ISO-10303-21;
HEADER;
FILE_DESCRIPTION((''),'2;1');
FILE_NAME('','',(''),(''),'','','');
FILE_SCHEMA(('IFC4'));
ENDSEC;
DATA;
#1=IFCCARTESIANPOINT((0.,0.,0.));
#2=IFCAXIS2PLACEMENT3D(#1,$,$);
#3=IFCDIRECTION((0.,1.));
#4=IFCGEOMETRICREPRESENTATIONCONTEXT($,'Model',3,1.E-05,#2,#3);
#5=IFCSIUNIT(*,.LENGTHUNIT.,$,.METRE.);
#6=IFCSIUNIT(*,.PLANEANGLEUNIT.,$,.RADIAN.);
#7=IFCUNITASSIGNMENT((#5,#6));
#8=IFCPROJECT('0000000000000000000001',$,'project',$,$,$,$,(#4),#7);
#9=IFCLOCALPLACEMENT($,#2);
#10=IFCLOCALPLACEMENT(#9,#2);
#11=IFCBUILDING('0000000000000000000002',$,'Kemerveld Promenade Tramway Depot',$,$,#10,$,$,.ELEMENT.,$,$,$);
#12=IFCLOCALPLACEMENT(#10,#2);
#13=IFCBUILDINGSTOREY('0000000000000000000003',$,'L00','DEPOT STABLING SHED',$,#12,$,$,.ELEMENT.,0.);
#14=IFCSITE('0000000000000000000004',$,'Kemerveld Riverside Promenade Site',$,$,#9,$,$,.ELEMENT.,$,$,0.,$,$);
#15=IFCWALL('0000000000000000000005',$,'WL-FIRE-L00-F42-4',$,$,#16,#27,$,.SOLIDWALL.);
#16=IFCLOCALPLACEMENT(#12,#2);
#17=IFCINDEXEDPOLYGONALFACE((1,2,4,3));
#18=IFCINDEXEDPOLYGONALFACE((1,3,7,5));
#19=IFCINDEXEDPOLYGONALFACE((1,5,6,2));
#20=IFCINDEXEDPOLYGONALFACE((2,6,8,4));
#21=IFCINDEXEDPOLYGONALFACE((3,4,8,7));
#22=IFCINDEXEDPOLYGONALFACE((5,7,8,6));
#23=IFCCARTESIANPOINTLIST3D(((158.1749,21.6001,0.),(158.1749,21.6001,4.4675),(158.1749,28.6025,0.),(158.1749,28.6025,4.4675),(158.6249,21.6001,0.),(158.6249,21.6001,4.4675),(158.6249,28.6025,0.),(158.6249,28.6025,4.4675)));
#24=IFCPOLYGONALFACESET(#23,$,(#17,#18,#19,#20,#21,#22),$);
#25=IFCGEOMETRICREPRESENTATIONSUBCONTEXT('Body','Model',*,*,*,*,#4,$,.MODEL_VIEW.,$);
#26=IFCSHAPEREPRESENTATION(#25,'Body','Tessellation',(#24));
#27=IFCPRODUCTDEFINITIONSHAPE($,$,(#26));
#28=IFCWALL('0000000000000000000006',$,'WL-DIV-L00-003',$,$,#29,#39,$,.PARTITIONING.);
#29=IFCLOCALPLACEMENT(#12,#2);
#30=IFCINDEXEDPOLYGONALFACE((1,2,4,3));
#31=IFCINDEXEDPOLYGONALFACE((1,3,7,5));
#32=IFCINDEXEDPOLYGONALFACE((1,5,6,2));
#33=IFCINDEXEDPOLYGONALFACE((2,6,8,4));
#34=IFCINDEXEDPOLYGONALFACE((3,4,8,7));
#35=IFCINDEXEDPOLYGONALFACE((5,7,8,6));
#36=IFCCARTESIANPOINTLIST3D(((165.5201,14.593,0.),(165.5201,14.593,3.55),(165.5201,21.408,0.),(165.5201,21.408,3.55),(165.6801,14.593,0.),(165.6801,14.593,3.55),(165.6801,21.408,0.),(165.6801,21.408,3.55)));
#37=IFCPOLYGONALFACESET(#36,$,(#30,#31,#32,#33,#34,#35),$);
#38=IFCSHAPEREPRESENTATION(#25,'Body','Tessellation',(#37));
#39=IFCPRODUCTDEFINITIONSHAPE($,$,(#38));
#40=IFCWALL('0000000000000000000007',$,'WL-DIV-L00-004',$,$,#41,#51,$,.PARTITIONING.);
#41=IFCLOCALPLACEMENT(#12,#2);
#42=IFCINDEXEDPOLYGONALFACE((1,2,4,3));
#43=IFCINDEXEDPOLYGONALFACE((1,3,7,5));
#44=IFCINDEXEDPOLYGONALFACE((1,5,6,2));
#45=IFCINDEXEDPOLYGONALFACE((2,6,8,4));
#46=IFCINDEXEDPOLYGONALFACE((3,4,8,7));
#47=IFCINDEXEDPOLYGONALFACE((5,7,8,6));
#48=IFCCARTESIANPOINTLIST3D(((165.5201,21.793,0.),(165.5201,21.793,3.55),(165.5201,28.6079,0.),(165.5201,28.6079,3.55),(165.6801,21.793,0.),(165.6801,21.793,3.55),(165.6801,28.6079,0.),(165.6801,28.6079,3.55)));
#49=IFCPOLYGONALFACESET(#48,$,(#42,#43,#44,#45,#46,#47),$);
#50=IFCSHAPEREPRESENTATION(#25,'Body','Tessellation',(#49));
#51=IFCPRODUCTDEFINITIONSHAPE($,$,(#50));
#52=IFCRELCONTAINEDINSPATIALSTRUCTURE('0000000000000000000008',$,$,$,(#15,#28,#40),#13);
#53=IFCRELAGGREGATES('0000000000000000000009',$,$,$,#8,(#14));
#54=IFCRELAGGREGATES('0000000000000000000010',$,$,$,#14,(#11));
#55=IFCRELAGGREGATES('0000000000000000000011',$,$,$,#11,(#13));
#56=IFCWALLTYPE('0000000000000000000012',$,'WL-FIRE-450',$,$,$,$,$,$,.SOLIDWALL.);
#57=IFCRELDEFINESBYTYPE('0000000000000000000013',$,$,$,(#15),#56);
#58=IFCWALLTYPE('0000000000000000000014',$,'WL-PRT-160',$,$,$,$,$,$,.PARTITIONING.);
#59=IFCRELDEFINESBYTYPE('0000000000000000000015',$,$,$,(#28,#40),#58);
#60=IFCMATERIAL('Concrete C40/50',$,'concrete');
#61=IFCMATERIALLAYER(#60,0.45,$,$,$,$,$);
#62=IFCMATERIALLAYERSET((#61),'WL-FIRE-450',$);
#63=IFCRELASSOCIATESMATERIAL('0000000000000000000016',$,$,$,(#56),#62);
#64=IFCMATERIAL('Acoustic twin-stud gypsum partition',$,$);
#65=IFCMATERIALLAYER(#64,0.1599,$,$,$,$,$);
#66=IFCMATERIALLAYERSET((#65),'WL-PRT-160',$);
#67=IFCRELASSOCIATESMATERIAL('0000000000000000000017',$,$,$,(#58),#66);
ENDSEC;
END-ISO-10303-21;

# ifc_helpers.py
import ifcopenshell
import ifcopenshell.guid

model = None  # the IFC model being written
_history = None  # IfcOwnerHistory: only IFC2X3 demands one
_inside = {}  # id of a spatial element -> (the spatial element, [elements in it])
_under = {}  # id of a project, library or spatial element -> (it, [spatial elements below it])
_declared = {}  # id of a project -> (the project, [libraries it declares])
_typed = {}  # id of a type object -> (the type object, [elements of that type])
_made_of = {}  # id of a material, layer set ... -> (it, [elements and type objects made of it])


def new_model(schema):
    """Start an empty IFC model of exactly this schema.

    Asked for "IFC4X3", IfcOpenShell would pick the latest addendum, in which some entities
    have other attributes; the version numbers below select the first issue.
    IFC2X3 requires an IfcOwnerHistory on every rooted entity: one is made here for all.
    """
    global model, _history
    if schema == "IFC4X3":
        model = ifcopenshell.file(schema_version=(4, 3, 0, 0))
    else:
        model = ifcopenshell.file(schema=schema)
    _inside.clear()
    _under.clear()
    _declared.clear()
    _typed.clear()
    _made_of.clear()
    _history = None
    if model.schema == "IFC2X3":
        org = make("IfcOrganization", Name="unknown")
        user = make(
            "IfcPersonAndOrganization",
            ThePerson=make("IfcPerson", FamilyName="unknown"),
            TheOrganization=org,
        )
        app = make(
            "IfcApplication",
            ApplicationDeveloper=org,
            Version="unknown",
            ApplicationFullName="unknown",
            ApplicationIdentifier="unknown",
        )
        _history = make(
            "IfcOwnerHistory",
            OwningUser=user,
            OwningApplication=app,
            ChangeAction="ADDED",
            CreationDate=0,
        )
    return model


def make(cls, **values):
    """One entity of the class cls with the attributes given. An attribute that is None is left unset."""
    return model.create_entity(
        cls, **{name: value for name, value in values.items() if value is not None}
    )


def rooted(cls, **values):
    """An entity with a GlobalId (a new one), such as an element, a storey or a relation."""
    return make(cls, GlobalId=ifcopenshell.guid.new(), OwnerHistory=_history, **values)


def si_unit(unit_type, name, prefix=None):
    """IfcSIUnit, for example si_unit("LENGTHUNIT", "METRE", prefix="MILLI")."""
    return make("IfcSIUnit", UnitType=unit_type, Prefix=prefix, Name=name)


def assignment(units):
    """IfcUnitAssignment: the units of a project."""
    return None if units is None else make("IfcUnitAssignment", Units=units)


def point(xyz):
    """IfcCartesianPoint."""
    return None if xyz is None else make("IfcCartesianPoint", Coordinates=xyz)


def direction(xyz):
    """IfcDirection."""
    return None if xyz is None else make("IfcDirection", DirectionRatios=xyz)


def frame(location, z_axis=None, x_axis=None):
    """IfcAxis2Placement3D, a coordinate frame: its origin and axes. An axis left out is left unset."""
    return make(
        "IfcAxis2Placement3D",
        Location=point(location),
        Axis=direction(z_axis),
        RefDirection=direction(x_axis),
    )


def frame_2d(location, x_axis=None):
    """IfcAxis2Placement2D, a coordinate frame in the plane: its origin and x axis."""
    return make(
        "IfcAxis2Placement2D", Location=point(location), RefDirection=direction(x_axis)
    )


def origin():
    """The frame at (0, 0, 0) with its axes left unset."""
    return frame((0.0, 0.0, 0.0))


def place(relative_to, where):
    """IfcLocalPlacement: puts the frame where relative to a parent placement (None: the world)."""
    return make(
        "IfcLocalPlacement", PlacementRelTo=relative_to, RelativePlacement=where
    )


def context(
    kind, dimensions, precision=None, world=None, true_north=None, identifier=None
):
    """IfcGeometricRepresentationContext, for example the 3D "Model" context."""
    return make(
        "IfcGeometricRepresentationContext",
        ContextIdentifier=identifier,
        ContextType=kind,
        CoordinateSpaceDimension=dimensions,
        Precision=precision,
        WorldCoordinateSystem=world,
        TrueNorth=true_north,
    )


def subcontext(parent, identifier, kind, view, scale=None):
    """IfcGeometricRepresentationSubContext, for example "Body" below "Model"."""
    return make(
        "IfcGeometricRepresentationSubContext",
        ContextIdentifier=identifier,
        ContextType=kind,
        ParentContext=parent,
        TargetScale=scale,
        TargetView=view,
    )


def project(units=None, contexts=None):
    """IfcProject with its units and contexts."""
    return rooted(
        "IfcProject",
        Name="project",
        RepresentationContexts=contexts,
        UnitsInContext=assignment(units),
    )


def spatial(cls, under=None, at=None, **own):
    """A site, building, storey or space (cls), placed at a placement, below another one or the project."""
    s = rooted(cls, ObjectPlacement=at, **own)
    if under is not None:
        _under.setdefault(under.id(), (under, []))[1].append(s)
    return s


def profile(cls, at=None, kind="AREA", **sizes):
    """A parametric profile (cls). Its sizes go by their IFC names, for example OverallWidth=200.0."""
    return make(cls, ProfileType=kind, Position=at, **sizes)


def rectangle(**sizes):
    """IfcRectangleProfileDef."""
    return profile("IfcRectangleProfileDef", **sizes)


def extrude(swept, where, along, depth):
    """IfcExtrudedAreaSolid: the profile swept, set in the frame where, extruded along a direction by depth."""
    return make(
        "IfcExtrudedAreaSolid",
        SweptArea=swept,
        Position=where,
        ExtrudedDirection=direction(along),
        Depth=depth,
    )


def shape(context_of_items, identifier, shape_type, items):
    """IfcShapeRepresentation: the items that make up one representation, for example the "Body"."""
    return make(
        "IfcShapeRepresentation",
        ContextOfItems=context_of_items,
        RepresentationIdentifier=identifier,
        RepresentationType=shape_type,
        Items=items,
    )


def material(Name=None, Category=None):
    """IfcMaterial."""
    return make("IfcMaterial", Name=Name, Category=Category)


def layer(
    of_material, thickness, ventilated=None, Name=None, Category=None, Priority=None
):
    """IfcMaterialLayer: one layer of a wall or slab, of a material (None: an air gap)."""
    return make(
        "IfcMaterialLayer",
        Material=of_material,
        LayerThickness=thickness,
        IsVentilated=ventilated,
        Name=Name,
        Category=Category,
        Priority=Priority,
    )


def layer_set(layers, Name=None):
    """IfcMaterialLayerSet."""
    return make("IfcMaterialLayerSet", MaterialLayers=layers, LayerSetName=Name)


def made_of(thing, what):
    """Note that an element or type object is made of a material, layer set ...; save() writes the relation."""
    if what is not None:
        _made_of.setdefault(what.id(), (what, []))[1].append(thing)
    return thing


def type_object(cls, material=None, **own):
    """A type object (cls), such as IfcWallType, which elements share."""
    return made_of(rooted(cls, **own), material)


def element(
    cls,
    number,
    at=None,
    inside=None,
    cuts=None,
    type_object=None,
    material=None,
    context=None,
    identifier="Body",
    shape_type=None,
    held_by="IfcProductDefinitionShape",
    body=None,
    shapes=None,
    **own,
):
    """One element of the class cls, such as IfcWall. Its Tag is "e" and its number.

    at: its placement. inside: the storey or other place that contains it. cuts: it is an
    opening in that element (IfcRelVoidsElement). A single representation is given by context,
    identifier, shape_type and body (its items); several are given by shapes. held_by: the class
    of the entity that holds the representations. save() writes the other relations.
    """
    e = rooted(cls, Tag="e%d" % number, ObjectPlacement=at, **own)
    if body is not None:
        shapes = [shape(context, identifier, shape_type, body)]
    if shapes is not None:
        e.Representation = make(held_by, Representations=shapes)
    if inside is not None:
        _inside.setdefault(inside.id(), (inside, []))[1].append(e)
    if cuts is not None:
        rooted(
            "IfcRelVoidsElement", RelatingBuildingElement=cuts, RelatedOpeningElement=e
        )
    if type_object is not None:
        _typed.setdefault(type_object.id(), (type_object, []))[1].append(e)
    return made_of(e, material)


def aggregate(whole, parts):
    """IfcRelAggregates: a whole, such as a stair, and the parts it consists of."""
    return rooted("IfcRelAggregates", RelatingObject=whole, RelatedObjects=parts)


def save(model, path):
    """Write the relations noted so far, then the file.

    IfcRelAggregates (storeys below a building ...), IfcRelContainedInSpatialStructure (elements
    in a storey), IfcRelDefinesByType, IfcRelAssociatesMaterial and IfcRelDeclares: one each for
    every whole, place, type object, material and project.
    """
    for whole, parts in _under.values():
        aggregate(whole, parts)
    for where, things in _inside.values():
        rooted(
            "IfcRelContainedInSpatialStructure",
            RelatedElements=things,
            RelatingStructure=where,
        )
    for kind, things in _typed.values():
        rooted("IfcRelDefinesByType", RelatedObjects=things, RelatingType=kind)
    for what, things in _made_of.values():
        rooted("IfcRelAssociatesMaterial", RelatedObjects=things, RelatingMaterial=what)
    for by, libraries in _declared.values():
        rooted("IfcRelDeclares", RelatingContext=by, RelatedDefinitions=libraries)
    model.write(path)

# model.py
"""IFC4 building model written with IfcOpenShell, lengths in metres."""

from ifc_helpers import new_model, si_unit, direction, frame, frame_2d, origin, place, context, subcontext, project, spatial, rectangle, extrude, material, layer, layer_set, type_object, element, save


model = new_model("IFC4")

# Units and contexts
model_context = context("Model", 3, precision=1e-05, world=origin(), true_north=direction((0.0, 1.0)))
body_context = subcontext(model_context, "Body", "Model", "MODEL_VIEW")
ifc_project = project(units=[si_unit("LENGTHUNIT", "METRE"), si_unit("PLANEANGLEUNIT", "RADIAN")], contexts=[model_context])

# Site, building, storey
site_placement = place(None, origin())
site = spatial("IfcSite", under=ifc_project, at=site_placement, Name="Kemerveld Riverside Promenade Site", CompositionType="ELEMENT", RefElevation=0.0)
building_placement = place(site_placement, origin())
building = spatial("IfcBuilding", under=site, at=building_placement, Name="Kemerveld Promenade Tramway Depot", CompositionType="ELEMENT")
storey_placement = place(building_placement, origin())
storey = spatial("IfcBuildingStorey", under=building, at=storey_placement, Name="L00", Description="DEPOT STABLING SHED", CompositionType="ELEMENT", Elevation=0.0)

# Shared definitions
ifc_material_1 = material(Name="Concrete C40/50", Category="concrete")
ifc_layer_1 = layer(ifc_material_1, 0.45)
ifc_layer_set_1 = layer_set([ifc_layer_1], Name="WL-FIRE-450")
wall_type_1 = type_object("IfcWallType", Name="WL-FIRE-450", PredefinedType="SOLIDWALL", material=ifc_layer_set_1)

# Walls
wall_1_placement = place(storey_placement, frame((158.3999, 21.6001, 0.0), z_axis=(0.0, 0.0, 1.0), x_axis=(0.0, 1.0, 0.0)))
element("IfcWall", 1, at=wall_1_placement, inside=storey, type_object=wall_type_1, Name="WL-FIRE-L00-F42-4", PredefinedType="SOLIDWALL", context=body_context, shape_type="SweptSolid", body=[
    extrude(rectangle(XDim=7.0024, YDim=0.45, at=frame_2d((3.5012, 0.0))), origin(), (0.0, 0.0, 1.0), 4.4675),
])
ifc_material_2 = material(Name="Acoustic twin-stud gypsum partition")
ifc_layer_2 = layer(ifc_material_2, 0.1599)
ifc_layer_set_2 = layer_set([ifc_layer_2], Name="WL-PRT-160")
wall_type_2 = type_object("IfcWallType", Name="WL-PRT-160", PredefinedType="PARTITIONING", material=ifc_layer_set_2)
for number, where, z_axis, x_axis, name in (
    (2, (165.6001, 14.593, 0.0), (0.0, 0.0, 1.0), (0.0, 1.0, 0.0), "WL-DIV-L00-003"),
    (3, (165.6001, 21.793, 0.0), (0.0, 0.0, 1.0), (0.0, 1.0, 0.0), "WL-DIV-L00-004"),
):
    element("IfcWall", number, at=place(storey_placement, frame(where, z_axis=z_axis, x_axis=x_axis)), inside=storey, type_object=wall_type_2, Name=name, PredefinedType="PARTITIONING", context=body_context, shape_type="SweptSolid", body=[
        extrude(rectangle(XDim=6.8149, YDim=0.1599, at=frame_2d((3.4075, 0.0))), origin(), (0.0, 0.0, 1.0), 3.55),
    ])

save(model, "model.ifc")
